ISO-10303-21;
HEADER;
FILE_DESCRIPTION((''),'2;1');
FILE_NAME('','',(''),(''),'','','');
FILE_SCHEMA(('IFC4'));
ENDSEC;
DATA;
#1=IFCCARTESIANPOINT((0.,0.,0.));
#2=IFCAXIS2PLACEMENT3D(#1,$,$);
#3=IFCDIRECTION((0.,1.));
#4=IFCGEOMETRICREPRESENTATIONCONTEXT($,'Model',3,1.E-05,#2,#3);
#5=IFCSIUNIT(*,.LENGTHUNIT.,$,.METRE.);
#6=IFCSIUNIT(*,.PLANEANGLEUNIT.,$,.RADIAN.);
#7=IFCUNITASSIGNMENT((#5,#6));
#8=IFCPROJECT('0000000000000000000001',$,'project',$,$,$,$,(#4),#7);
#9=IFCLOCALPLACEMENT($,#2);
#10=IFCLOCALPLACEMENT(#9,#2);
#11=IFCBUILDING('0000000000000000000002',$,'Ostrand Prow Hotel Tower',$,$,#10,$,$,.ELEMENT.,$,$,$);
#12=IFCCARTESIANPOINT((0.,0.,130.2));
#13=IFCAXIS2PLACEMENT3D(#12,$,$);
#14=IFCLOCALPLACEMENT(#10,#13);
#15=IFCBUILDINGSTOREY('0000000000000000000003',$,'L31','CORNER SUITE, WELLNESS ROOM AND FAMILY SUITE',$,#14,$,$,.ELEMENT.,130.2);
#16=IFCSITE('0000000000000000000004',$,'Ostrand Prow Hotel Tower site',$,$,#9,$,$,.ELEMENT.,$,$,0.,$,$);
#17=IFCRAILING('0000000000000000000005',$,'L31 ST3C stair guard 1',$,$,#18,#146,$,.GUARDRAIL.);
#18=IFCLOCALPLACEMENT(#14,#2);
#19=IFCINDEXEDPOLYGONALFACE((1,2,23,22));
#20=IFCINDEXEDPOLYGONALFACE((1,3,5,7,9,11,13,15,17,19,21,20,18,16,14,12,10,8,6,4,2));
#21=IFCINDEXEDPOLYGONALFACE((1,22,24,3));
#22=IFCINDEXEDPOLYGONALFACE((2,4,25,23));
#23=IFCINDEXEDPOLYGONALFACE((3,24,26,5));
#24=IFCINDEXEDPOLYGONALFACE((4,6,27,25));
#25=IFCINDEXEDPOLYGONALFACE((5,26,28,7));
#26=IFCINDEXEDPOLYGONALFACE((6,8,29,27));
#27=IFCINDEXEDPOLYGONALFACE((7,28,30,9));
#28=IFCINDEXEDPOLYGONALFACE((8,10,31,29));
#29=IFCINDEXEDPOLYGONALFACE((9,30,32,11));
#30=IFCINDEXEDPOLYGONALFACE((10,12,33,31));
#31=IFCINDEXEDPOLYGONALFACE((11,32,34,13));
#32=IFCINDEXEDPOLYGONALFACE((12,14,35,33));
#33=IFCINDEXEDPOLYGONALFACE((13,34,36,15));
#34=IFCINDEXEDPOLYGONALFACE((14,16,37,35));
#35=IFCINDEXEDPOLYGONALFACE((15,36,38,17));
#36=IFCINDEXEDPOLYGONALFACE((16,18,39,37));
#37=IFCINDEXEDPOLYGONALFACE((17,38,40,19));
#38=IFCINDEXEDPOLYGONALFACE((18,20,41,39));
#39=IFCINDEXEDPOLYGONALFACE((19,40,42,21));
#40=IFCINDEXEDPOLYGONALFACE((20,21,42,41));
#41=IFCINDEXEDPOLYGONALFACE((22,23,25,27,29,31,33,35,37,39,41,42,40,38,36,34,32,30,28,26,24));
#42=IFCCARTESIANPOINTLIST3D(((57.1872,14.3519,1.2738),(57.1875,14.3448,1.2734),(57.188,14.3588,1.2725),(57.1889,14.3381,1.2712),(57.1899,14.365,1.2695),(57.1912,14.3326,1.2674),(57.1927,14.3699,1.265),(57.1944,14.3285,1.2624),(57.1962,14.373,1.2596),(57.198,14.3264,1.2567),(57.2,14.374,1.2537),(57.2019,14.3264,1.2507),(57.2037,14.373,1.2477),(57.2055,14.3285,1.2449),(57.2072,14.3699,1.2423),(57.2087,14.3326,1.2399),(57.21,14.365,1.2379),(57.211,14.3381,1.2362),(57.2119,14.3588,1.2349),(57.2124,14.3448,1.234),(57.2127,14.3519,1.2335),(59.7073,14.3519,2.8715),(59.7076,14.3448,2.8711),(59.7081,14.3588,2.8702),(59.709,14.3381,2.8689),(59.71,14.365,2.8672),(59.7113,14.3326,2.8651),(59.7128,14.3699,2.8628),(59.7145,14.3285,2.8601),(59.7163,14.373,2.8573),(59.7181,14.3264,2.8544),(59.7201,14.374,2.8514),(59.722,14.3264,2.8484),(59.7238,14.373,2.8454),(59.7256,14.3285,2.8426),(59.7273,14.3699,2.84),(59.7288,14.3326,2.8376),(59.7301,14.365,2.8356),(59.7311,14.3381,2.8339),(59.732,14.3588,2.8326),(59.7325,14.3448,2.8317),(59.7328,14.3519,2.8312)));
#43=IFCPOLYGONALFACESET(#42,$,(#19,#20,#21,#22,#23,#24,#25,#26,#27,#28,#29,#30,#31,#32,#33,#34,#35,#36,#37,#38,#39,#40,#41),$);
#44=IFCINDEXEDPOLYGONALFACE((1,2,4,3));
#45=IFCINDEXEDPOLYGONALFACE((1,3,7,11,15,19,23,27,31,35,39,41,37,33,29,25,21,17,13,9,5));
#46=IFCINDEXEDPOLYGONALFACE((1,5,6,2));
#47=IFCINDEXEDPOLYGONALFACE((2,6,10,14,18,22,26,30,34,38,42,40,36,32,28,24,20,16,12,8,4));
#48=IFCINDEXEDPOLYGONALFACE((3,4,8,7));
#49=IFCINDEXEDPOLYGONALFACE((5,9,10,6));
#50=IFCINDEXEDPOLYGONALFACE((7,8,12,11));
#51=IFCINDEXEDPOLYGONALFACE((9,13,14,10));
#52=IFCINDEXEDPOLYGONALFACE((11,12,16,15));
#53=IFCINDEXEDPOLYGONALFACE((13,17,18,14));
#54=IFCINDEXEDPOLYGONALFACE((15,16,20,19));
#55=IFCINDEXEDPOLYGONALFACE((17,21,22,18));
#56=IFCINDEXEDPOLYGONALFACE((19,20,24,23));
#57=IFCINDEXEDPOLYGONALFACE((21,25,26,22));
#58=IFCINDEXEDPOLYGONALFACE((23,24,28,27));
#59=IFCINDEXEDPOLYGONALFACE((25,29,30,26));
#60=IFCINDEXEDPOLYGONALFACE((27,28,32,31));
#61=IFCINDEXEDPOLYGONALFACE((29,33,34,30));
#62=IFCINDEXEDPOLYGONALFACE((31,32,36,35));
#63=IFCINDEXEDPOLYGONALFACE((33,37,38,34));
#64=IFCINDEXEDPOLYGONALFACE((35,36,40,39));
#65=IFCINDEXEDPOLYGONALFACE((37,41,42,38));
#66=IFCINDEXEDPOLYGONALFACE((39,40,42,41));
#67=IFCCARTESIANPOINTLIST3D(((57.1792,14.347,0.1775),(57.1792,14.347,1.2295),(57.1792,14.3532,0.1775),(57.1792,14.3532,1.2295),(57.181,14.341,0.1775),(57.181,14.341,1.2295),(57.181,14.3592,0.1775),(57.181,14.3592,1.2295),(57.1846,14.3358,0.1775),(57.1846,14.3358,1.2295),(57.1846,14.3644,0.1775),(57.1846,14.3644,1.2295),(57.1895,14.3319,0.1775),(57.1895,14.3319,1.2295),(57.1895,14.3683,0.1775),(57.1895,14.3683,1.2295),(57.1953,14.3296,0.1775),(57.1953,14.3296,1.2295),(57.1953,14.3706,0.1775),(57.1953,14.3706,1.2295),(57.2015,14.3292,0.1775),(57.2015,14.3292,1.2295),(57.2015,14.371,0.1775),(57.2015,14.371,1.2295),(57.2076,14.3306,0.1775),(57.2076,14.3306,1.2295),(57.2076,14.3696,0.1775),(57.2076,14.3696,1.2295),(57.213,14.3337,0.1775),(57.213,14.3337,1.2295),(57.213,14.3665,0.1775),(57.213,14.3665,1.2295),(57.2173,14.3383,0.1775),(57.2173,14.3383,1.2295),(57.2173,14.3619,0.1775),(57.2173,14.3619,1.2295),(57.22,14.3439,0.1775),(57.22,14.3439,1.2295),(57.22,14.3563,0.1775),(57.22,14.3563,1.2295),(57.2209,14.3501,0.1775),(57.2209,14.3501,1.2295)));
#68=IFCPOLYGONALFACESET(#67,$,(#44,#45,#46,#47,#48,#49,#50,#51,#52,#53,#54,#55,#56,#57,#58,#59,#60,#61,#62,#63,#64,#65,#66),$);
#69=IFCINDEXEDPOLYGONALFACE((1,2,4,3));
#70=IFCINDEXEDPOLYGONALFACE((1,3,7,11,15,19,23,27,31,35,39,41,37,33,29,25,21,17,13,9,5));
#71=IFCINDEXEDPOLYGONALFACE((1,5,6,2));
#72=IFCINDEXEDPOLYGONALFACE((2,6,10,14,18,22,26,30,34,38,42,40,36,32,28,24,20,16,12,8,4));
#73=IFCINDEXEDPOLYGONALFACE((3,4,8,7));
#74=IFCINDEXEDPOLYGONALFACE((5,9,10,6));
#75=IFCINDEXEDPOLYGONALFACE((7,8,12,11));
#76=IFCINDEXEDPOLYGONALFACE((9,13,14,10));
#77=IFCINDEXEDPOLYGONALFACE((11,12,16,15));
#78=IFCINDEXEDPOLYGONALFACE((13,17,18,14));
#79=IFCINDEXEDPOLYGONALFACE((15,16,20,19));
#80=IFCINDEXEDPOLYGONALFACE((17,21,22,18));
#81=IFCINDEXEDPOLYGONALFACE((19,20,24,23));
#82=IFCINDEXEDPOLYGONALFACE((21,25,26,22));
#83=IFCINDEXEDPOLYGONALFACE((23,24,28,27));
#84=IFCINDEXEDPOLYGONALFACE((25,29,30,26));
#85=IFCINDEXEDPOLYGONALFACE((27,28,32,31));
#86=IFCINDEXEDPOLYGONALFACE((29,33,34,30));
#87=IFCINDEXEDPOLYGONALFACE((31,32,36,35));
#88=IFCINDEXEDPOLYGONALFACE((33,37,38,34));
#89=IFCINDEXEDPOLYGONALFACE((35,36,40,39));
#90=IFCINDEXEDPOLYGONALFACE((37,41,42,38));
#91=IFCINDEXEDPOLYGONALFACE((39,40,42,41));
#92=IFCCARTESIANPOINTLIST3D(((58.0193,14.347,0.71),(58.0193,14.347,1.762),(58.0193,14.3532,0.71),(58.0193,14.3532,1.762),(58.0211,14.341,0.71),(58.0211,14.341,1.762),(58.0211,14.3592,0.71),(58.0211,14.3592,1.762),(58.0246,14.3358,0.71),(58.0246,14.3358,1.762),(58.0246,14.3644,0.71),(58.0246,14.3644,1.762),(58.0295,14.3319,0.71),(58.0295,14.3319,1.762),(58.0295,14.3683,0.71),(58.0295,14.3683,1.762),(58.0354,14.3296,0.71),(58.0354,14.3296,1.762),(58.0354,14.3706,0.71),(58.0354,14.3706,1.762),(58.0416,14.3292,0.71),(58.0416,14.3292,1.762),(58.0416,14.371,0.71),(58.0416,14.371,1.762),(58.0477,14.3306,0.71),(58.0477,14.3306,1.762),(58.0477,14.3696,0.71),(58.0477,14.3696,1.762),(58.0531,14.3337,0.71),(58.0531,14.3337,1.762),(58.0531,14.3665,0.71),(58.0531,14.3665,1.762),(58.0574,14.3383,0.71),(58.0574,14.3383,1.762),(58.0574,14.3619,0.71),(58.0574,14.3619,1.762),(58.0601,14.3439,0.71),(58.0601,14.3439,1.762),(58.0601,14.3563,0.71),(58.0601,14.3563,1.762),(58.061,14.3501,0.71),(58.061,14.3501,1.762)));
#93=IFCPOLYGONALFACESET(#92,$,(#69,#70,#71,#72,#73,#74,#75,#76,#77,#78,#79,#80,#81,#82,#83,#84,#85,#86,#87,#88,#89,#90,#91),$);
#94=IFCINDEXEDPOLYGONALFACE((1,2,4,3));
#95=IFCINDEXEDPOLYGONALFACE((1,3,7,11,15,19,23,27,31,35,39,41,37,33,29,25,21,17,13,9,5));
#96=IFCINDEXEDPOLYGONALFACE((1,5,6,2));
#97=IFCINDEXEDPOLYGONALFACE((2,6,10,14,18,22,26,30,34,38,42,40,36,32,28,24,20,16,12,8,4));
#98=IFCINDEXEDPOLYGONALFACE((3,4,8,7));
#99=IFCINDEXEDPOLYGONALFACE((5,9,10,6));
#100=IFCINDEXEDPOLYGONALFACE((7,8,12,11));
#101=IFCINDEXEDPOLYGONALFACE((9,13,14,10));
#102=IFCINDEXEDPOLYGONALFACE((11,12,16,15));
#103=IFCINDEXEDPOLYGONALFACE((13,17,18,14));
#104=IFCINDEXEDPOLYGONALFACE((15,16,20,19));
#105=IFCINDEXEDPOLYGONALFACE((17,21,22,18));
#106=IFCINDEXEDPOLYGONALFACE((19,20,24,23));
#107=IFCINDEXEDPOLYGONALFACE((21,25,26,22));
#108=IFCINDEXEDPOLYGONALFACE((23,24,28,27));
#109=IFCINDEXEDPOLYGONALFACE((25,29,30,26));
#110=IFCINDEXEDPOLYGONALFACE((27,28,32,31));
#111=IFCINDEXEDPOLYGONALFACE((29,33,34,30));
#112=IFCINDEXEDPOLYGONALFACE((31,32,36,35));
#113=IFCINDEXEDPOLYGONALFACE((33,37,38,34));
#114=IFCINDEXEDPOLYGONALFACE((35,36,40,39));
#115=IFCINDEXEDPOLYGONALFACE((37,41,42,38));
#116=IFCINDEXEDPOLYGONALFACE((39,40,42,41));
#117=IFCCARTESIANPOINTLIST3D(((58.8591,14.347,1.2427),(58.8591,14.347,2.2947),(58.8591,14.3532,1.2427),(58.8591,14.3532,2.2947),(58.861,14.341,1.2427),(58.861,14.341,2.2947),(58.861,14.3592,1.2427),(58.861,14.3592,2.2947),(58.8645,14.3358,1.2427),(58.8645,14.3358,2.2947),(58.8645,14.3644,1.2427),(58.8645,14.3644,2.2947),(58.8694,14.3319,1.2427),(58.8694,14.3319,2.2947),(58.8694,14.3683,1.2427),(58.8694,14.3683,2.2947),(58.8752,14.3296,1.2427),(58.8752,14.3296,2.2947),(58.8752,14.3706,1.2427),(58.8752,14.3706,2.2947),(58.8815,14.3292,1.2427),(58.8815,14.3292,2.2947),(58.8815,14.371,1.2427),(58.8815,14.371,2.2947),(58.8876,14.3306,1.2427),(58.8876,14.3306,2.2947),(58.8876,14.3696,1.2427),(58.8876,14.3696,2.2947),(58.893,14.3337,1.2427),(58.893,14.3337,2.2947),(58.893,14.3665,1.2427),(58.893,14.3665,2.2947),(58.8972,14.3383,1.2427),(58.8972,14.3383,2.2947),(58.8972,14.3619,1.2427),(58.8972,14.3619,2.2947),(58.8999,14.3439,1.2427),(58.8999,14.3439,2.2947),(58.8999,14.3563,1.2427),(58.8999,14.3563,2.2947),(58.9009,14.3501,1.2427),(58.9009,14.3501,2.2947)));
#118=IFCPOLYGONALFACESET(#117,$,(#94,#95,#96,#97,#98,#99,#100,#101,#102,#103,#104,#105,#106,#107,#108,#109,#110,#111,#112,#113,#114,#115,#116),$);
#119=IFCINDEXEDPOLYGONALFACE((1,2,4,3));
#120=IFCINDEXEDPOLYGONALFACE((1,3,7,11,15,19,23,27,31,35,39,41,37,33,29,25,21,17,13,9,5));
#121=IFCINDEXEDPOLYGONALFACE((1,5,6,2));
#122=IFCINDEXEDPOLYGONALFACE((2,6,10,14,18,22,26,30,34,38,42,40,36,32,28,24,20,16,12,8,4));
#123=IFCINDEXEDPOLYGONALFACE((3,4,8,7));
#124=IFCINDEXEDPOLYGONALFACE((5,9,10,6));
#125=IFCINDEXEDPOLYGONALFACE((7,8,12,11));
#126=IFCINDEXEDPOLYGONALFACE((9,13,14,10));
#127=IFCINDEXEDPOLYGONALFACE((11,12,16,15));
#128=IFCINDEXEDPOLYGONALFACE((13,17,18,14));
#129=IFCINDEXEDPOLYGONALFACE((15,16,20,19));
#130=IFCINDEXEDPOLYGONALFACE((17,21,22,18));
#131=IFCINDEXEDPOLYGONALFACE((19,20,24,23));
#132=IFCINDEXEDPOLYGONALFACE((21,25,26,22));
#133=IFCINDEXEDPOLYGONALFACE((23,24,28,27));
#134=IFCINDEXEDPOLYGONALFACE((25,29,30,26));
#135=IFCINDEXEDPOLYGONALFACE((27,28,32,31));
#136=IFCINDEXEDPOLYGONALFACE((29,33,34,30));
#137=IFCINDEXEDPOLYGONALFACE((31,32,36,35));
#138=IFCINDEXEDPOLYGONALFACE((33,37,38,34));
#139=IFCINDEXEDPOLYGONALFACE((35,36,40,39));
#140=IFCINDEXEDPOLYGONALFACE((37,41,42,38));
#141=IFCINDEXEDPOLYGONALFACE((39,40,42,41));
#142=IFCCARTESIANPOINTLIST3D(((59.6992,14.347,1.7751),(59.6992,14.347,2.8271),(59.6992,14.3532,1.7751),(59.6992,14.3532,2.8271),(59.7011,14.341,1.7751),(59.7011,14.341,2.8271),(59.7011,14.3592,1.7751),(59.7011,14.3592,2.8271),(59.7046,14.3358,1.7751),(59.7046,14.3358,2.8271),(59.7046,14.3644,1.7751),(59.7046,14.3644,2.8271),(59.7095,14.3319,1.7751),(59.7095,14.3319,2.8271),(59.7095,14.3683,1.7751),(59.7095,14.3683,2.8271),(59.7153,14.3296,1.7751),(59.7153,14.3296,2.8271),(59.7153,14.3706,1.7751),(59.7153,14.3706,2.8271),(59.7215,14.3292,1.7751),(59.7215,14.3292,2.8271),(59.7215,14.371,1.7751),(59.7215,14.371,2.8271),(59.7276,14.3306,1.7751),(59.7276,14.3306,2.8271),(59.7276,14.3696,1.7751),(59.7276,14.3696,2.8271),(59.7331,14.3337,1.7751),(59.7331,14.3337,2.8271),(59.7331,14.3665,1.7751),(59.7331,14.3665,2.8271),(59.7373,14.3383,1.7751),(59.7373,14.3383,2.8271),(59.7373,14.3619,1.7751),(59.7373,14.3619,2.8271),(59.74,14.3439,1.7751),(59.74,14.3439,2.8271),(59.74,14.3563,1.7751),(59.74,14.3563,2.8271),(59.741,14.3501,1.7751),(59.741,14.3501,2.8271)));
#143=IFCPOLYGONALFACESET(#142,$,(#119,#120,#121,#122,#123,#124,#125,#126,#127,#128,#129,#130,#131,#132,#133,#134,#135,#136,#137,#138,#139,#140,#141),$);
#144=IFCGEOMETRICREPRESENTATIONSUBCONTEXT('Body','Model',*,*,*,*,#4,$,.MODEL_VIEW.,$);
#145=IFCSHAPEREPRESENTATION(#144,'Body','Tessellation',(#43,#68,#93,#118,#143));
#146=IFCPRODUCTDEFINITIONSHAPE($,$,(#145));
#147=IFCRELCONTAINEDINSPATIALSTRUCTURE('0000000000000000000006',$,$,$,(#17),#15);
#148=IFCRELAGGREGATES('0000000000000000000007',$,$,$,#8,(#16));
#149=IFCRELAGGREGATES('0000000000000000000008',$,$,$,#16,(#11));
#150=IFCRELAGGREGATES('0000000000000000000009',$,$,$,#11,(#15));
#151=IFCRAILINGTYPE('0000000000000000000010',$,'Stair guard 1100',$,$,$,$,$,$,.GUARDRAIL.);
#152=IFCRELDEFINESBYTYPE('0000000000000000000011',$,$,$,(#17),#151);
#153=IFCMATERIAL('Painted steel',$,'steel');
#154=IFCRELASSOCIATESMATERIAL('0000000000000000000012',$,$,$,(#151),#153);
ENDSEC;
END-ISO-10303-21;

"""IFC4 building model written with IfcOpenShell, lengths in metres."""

from ifc_helpers import new_model, si_unit, direction, frame, origin, origin_2d, place, context, subcontext, project, spatial, circle, extrude, material, type_object, element, save


model = new_model("IFC4")

# Units and contexts
model_context = context("Model", 3, precision=1e-05, world=origin(), true_north=direction((0.0, 1.0)))
body_context = subcontext(model_context, "Body", "Model", "MODEL_VIEW")
ifc_project = project(units=[si_unit("LENGTHUNIT", "METRE"), si_unit("PLANEANGLEUNIT", "RADIAN")], contexts=[model_context])

# Site, building, storey
site_placement = place(None, origin())
site = spatial("IfcSite", under=ifc_project, at=site_placement, Name="Ostrand Prow Hotel Tower site", CompositionType="ELEMENT", RefElevation=0.0)
building_placement = place(site_placement, origin())
building = spatial("IfcBuilding", under=site, at=building_placement, Name="Ostrand Prow Hotel Tower", CompositionType="ELEMENT")
storey_placement = place(building_placement, frame((0.0, 0.0, 130.2)))
storey = spatial("IfcBuildingStorey", under=building, at=storey_placement, Name="L31", Description="CORNER SUITE, WELLNESS ROOM AND FAMILY SUITE", CompositionType="ELEMENT", Elevation=130.2)

# Railing
ifc_material_1 = material(Name="Painted steel", Category="steel")
railing_type_1 = type_object("IfcRailingType", Name="Stair guard 1100", PredefinedType="GUARDRAIL", material=ifc_material_1)
railing_1_placement = place(storey_placement, frame((57.2, 14.3501, 0.1775)))
element("IfcRailing", 1, at=railing_1_placement, inside=storey, type_object=railing_type_1, Name="L31 ST3C stair guard 1", PredefinedType="GUARDRAIL", context=body_context, shape_type="SweptSolid", body=[
    extrude(circle(Radius=0.0239, at=origin_2d()), frame((0.0, 0.0, 1.0762), z_axis=(0.84457, 0.0, 0.535445), x_axis=(0.0, 1.0, 0.0)), (0.0, 0.0, 1.0), 2.9839),
    extrude(circle(Radius=0.021, at=origin_2d()), origin(), (0.0, 0.0, 1.0), 1.052),
    extrude(circle(Radius=0.021, at=origin_2d()), frame((0.8401, 0.0, 0.5325)), (0.0, 0.0, 1.0), 1.052),
    extrude(circle(Radius=0.021, at=origin_2d()), frame((1.6799, 0.0, 1.0652)), (0.0, 0.0, 1.0), 1.052),
    extrude(circle(Radius=0.021, at=origin_2d()), frame((2.52, 0.0, 1.5977)), (0.0, 0.0, 1.0), 1.052),
])

save(model, "model.ifc")
